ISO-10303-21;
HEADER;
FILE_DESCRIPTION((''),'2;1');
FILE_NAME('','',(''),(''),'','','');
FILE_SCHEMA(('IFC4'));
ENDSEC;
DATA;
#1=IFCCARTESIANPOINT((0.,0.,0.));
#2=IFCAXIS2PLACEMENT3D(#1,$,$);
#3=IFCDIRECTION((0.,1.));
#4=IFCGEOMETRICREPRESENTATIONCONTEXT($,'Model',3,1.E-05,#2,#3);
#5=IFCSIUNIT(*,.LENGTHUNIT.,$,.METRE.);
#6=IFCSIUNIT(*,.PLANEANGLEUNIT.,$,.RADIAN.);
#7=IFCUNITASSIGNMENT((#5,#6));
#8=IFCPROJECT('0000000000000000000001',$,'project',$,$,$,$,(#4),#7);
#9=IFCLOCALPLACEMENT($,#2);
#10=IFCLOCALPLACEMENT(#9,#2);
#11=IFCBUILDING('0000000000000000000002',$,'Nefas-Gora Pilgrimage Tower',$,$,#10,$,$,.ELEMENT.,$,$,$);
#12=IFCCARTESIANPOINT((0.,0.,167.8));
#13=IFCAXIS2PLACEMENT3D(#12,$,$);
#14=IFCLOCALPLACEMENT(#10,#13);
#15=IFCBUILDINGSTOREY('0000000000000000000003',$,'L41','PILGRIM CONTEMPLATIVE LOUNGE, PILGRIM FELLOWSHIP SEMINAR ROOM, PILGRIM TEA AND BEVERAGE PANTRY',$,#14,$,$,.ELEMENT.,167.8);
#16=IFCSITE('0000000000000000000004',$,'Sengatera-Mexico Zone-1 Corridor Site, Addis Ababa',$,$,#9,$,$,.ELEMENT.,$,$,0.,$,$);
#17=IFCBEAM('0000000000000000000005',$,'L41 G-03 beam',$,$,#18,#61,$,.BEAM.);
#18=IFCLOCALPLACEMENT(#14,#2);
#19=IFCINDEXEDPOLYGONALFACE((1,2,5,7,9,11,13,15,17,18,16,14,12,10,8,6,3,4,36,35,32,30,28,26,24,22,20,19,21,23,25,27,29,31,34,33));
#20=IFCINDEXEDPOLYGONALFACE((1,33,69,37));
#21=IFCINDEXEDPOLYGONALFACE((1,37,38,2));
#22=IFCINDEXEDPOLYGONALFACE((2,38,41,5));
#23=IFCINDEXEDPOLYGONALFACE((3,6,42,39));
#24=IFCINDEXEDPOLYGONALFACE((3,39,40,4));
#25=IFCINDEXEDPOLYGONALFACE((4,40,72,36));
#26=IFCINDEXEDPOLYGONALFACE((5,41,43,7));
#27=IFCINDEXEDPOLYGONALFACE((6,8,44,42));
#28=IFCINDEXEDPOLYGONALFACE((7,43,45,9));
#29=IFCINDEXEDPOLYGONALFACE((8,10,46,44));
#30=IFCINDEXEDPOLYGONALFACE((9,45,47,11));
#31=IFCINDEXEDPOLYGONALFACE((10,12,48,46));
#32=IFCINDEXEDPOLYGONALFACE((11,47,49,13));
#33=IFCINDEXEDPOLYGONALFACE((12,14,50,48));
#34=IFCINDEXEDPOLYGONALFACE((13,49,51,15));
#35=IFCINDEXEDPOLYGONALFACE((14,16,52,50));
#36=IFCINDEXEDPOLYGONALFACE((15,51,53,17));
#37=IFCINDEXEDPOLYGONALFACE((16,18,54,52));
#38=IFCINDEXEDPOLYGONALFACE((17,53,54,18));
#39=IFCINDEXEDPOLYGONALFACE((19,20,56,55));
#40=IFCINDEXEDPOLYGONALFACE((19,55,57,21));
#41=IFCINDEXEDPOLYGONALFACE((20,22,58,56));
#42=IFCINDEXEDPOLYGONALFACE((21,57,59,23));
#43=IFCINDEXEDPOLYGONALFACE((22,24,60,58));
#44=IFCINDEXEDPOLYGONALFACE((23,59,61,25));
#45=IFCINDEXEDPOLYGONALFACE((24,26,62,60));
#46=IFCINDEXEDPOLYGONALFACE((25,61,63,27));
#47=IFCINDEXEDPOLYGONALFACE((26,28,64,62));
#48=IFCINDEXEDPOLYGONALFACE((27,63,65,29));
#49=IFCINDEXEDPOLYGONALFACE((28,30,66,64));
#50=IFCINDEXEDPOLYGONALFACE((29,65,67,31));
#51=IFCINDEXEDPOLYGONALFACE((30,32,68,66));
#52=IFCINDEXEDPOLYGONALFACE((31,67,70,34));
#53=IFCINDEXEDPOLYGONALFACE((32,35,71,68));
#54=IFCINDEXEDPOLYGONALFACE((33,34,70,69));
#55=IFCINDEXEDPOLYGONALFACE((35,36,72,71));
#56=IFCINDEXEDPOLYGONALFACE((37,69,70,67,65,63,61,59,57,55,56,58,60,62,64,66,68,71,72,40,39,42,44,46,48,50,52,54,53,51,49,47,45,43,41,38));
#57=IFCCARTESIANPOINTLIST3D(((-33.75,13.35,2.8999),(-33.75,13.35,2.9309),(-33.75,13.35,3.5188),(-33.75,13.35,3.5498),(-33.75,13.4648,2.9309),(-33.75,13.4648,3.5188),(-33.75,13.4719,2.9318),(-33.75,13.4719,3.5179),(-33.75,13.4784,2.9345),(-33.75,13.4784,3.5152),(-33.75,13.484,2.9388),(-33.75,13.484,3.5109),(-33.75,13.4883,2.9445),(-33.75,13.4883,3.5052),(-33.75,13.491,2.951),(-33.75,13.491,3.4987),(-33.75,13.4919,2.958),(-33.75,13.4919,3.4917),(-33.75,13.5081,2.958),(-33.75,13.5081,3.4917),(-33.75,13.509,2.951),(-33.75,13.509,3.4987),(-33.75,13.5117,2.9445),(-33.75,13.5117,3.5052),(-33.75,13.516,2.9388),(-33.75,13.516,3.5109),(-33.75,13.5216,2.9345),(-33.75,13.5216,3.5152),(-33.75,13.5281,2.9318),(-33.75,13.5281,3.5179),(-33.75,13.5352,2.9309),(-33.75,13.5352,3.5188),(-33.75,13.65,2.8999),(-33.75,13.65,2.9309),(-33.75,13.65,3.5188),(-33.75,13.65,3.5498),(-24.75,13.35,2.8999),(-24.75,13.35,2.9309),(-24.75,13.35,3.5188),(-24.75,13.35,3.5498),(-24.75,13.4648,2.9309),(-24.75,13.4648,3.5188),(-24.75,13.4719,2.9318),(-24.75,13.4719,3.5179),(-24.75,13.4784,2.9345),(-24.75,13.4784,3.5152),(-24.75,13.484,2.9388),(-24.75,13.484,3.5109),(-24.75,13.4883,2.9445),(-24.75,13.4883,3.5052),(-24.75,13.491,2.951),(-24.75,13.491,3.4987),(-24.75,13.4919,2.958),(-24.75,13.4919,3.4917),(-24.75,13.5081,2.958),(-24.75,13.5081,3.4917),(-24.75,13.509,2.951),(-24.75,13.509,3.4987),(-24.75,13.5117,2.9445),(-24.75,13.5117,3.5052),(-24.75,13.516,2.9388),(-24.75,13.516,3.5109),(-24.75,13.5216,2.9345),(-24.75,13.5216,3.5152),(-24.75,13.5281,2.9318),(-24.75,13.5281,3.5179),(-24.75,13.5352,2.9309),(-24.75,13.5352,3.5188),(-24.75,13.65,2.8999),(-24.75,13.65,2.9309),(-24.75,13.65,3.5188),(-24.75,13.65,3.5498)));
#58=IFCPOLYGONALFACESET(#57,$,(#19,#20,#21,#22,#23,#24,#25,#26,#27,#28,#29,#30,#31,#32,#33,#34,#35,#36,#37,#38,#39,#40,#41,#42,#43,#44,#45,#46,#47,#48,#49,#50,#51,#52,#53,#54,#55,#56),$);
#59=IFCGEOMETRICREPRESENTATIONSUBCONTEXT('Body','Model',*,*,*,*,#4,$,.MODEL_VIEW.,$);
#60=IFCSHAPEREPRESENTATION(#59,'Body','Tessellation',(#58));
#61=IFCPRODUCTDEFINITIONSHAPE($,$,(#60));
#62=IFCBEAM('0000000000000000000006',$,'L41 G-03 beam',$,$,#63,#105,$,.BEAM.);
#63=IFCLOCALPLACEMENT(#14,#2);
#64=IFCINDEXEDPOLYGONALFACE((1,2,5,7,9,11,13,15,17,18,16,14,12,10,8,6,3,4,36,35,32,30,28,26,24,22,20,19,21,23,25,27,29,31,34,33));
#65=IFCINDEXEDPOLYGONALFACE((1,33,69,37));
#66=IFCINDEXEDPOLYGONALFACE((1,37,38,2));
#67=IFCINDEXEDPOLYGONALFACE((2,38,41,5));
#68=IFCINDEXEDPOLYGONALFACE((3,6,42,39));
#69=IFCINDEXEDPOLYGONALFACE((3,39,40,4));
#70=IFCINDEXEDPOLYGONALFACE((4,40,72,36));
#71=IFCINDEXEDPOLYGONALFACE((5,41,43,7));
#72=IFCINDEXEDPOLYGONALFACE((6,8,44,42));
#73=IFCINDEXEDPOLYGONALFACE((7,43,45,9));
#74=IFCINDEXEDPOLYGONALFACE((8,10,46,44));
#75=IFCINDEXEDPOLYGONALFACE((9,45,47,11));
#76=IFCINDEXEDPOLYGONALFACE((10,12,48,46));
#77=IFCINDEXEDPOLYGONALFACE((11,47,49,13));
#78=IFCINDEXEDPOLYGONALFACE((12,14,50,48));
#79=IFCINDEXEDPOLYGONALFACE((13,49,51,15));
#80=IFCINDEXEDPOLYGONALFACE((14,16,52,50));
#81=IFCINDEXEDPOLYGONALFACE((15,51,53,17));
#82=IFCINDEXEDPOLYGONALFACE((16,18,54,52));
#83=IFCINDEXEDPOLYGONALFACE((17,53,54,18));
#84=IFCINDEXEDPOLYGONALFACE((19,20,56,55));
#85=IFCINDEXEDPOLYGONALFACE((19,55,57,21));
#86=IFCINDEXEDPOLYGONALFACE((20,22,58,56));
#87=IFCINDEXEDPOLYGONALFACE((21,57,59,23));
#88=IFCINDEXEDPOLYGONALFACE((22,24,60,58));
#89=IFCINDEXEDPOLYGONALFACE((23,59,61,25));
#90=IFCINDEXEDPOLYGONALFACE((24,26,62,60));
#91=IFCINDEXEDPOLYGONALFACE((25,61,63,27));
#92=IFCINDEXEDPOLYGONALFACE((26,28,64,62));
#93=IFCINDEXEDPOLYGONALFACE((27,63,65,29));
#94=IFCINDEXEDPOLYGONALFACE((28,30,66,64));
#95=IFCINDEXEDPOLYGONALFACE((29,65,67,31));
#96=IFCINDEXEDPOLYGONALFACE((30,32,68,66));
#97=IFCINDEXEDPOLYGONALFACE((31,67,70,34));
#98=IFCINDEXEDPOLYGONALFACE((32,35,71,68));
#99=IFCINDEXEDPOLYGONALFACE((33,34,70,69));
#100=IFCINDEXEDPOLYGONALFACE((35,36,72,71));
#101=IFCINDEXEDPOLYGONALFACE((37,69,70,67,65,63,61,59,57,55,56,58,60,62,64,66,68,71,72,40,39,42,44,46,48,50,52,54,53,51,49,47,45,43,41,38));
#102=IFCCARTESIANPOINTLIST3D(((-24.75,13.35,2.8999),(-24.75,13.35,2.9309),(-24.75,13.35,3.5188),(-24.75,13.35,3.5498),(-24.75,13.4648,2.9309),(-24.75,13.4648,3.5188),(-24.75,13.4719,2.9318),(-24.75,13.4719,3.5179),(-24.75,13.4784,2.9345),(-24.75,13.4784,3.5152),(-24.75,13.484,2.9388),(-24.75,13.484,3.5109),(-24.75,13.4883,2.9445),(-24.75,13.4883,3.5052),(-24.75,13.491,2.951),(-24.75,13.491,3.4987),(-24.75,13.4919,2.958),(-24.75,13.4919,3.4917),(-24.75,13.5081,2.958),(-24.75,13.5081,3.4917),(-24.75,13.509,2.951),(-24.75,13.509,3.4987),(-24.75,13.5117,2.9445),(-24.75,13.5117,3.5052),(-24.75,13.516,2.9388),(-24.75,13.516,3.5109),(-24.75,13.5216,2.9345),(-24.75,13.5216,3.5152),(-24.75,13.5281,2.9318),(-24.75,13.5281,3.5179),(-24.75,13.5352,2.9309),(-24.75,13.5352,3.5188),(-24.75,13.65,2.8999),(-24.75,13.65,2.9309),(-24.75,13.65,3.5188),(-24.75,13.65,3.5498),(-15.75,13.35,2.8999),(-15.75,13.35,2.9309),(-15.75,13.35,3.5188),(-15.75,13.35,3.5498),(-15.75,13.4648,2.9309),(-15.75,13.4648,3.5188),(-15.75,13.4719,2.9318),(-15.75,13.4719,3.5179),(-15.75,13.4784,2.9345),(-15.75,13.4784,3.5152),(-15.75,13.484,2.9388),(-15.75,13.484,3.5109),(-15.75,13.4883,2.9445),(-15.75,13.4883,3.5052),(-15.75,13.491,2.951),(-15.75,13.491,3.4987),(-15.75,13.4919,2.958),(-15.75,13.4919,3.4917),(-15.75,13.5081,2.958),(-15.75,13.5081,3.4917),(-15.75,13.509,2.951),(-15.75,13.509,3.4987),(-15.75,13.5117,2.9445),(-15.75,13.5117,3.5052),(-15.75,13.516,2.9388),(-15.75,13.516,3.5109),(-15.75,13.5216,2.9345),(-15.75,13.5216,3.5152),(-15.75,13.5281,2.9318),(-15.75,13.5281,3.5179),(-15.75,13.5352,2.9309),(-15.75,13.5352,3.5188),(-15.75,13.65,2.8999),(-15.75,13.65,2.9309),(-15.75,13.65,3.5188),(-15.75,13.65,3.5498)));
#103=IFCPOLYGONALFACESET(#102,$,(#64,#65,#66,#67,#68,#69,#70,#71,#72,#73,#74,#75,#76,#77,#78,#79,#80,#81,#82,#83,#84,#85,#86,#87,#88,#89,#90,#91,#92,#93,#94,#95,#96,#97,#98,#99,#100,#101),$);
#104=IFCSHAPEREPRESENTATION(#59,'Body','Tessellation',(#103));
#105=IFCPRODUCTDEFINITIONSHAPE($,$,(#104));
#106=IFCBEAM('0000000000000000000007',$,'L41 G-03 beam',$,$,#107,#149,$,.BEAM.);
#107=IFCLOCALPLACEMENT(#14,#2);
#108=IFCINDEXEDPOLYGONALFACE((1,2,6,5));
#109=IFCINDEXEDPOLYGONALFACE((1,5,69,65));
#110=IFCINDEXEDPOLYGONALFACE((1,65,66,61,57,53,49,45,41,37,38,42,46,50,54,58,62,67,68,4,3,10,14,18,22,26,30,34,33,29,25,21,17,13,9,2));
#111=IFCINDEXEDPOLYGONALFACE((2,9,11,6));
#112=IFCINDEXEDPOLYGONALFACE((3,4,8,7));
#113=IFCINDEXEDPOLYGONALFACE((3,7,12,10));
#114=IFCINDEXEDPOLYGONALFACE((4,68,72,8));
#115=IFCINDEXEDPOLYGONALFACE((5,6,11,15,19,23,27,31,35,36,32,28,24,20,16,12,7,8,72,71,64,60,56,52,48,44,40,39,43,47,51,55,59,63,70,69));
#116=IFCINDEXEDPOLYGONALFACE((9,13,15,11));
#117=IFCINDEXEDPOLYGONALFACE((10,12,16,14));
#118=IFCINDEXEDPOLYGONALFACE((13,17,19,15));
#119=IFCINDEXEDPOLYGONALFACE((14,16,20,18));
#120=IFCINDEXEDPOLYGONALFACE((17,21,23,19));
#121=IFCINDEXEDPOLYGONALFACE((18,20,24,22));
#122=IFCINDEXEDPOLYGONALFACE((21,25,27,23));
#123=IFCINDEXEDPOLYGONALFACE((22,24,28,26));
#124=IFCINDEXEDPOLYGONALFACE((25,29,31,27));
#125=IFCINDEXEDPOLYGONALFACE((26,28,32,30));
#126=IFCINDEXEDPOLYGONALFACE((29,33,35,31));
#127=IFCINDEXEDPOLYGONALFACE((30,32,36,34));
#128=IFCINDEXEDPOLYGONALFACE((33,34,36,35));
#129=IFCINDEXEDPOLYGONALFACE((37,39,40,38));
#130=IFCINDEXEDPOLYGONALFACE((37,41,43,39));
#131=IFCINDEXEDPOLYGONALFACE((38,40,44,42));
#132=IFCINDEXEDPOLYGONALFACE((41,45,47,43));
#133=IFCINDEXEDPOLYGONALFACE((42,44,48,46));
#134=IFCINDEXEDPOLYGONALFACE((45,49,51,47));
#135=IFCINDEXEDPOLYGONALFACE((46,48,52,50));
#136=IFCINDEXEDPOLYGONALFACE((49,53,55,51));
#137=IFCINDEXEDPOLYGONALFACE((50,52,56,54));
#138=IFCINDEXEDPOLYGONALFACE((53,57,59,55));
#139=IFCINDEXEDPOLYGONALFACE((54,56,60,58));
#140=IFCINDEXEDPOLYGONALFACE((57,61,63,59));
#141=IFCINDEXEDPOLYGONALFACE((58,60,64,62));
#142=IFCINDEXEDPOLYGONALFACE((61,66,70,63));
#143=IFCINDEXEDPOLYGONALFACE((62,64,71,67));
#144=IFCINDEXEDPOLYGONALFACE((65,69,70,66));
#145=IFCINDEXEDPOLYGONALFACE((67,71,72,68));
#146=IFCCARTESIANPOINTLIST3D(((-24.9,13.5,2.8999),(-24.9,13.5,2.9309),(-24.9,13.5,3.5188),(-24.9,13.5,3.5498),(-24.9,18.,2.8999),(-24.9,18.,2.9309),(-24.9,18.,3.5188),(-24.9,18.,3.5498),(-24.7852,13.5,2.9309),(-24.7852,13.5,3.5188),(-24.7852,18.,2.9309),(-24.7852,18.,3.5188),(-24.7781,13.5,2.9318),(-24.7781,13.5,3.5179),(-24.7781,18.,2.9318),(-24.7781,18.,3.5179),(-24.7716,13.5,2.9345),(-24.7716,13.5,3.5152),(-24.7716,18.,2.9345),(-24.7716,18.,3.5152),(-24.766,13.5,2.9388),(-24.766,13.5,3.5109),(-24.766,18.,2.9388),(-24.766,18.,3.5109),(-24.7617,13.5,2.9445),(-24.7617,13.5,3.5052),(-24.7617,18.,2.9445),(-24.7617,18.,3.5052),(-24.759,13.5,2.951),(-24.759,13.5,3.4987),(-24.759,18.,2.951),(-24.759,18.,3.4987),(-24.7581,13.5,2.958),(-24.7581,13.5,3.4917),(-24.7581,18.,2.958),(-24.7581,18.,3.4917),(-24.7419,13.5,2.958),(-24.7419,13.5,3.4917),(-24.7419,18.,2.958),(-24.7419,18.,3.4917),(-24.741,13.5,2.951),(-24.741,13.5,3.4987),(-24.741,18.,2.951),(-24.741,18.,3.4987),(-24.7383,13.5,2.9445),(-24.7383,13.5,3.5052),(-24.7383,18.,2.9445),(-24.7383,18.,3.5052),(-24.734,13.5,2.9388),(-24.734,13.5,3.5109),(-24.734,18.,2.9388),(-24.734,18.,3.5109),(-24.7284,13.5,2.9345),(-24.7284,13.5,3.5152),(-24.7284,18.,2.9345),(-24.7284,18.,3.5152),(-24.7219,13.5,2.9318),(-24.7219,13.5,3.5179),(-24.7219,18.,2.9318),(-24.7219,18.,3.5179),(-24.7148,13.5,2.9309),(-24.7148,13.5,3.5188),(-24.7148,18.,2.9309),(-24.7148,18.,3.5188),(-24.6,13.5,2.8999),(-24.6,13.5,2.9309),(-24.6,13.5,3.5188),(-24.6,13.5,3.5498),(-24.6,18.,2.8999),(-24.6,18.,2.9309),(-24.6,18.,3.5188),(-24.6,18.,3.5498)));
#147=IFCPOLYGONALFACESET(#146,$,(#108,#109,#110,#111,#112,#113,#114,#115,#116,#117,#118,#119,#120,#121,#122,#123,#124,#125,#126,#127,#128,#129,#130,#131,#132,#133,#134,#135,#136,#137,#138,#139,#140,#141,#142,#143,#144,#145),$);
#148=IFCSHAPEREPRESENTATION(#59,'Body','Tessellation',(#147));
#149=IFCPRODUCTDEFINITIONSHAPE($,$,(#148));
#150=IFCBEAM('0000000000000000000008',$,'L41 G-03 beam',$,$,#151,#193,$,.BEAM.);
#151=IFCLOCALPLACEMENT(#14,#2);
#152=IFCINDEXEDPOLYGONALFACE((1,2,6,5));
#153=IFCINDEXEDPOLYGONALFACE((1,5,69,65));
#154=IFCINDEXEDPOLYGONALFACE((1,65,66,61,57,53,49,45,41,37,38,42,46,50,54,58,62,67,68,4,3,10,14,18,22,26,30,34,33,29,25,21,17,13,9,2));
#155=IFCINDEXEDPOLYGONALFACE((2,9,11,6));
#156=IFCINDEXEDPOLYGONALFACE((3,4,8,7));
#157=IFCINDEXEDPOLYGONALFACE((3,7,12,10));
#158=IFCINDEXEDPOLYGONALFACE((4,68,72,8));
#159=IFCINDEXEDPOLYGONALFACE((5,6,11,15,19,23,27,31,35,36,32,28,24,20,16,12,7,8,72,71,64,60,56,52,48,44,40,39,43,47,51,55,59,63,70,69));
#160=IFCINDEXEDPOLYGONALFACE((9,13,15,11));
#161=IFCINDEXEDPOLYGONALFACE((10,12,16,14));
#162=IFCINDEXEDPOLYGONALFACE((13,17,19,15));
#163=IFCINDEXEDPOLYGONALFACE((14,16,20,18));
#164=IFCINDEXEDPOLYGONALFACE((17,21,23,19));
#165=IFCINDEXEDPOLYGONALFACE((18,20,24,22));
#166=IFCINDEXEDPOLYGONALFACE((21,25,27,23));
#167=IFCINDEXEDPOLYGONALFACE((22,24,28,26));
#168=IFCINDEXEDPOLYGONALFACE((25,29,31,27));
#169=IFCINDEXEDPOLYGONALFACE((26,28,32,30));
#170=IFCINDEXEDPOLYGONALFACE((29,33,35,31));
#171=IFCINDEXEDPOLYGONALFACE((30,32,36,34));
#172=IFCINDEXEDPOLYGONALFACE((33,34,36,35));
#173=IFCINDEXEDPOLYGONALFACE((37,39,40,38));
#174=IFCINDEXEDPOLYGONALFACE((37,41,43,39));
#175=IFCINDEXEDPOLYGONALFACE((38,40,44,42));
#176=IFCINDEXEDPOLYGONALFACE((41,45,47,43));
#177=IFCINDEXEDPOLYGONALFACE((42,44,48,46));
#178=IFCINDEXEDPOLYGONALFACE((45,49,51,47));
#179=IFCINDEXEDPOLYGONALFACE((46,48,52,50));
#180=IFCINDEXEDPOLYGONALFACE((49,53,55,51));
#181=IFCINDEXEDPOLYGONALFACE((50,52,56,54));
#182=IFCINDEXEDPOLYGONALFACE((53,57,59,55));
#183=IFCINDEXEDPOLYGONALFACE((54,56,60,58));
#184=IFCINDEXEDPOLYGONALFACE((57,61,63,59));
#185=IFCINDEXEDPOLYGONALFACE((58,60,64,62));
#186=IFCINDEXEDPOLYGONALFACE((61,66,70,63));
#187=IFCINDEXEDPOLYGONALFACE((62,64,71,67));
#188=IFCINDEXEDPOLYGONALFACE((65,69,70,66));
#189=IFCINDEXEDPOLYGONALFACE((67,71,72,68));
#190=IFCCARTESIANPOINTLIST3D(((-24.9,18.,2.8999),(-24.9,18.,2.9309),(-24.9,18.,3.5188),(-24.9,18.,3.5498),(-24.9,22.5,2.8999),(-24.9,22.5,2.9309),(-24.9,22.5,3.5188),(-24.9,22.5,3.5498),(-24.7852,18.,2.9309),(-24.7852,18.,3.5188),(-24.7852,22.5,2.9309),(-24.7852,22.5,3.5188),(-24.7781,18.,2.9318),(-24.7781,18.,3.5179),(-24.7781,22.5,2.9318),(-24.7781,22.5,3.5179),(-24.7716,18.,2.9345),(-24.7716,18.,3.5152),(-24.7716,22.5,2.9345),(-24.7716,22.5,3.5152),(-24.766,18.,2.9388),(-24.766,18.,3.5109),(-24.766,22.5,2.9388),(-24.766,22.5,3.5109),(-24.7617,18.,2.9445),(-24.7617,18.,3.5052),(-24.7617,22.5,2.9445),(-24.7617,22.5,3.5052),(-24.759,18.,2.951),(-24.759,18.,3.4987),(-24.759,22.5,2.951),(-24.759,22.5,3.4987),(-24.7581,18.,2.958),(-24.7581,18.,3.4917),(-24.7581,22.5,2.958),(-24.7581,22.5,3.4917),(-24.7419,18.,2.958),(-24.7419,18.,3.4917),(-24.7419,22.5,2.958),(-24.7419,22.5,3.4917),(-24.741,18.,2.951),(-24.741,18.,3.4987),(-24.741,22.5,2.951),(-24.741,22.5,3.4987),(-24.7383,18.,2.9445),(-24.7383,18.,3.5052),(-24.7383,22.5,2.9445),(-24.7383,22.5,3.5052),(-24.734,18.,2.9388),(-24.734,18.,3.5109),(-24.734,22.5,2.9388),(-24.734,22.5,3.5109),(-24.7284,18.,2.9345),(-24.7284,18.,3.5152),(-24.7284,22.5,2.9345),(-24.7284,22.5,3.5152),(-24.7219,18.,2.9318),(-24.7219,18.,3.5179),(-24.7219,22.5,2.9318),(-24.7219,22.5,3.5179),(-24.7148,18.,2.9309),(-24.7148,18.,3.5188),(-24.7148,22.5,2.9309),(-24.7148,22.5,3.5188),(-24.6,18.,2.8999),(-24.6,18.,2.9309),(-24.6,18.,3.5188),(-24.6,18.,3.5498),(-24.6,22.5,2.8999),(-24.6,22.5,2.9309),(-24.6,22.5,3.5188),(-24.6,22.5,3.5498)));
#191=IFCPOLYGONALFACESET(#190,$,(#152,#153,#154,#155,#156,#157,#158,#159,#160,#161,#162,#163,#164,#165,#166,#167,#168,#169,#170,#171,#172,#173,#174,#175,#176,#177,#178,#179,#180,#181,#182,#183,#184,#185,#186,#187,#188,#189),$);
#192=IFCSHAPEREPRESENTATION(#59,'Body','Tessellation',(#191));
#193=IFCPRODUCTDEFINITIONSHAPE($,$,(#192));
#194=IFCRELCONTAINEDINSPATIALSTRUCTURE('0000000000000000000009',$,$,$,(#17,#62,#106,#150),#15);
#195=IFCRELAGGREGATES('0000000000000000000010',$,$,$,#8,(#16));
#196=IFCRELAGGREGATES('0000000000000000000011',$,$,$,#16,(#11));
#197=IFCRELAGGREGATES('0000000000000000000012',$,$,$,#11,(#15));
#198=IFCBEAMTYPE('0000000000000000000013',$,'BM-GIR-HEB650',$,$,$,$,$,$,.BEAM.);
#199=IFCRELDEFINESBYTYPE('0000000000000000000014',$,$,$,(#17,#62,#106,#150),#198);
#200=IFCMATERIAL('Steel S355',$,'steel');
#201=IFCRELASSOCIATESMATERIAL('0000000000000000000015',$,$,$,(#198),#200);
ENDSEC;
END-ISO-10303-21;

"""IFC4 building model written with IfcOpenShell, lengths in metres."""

from ifc_helpers import new_model, si_unit, direction, frame, origin, origin_2d, place, context, subcontext, project, spatial, i_section, extrude, source, transform, mapped, material, material_profile, profile_set, type_object, element, save


model = new_model("IFC4")

# Units and contexts
model_context = context("Model", 3, precision=1e-05, world=origin(), true_north=direction((0.0, 1.0)))
body_context = subcontext(model_context, "Body", "Model", "MODEL_VIEW")
ifc_project = project(units=[si_unit("LENGTHUNIT", "METRE"), si_unit("PLANEANGLEUNIT", "RADIAN")], contexts=[model_context])

# Site, building, storey
site_placement = place(None, origin())
site = spatial("IfcSite", under=ifc_project, at=site_placement, Name="Sengatera-Mexico Zone-1 Corridor Site, Addis Ababa", CompositionType="ELEMENT", RefElevation=0.0)
building_placement = place(site_placement, origin())
building = spatial("IfcBuilding", under=site, at=building_placement, Name="Nefas-Gora Pilgrimage Tower", CompositionType="ELEMENT")
storey_placement = place(building_placement, frame((0.0, 0.0, 167.8)))
storey = spatial("IfcBuildingStorey", under=building, at=storey_placement, Name="L41", Description="PILGRIM CONTEMPLATIVE LOUNGE, PILGRIM FELLOWSHIP SEMINAR ROOM, PILGRIM TEA AND BEVERAGE PANTRY", CompositionType="ELEMENT", Elevation=167.8)

# Beams
ifc_material_1 = material(Name="Steel S355", Category="steel")
ifc_material_profile_1 = material_profile(ifc_material_1, i_section(OverallWidth=0.3, OverallDepth=0.6499, WebThickness=0.0161, FlangeThickness=0.031, FilletRadius=0.0271, at=origin_2d()), Name="HEB 650")
ifc_profile_set_1 = profile_set([ifc_material_profile_1], Name="Steel S355")
beam_type_1 = type_object("IfcBeamType", Name="BM-GIR-HEB650", PredefinedType="BEAM", material=ifc_profile_set_1)
shared_shape_1 = source(origin(), body_context, "Body", "SweptSolid", [
    extrude(i_section(OverallWidth=0.3, OverallDepth=0.6499, WebThickness=0.0161, FlangeThickness=0.031, FilletRadius=0.0271, at=origin_2d()), origin(), (0.0, 0.0, 1.0), 9.0),
])
for number, where, z_axis, x_axis, name in (
    (1, (-33.75, 13.5, 3.2249), (1.0, 0.0, 0.0), (0.0, 1.0, 0.0), "L41 G-03 beam"),
    (2, (-24.75, 13.5, 3.2249), (1.0, 0.0, 0.0), (0.0, 1.0, 0.0), "L41 G-03 beam"),
):
    element("IfcBeam", number, at=place(storey_placement, frame(where, z_axis=z_axis, x_axis=x_axis)), inside=storey, type_object=beam_type_1, Name=name, PredefinedType="BEAM", context=body_context, shape_type="MappedRepresentation", body=[
        mapped(shared_shape_1, transform((0.0, 0.0, 0.0), x_axis=(1.0, 0.0, 0.0), y_axis=(0.0, 1.0, 0.0), z_axis=(0.0, 0.0, 1.0), scale=1.0)),
    ])
shared_shape_2 = source(origin(), body_context, "Body", "SweptSolid", [
    extrude(i_section(OverallWidth=0.3, OverallDepth=0.6499, WebThickness=0.0161, FlangeThickness=0.031, FilletRadius=0.0271, at=origin_2d()), origin(), (0.0, 0.0, 1.0), 4.5),
])
for number, where, z_axis, x_axis, name in (
    (3, (-24.75, 13.5, 3.2249), (0.0, 1.0, 0.0), (-1.0, 0.0, 0.0), "L41 G-03 beam"),
    (4, (-24.75, 18.0, 3.2249), (0.0, 1.0, 0.0), (-1.0, 0.0, 0.0), "L41 G-03 beam"),
):
    element("IfcBeam", number, at=place(storey_placement, frame(where, z_axis=z_axis, x_axis=x_axis)), inside=storey, type_object=beam_type_1, Name=name, PredefinedType="BEAM", context=body_context, shape_type="MappedRepresentation", body=[
        mapped(shared_shape_2, transform((0.0, 0.0, 0.0), x_axis=(1.0, 0.0, 0.0), y_axis=(0.0, 1.0, 0.0), z_axis=(0.0, 0.0, 1.0), scale=1.0)),
    ])

save(model, "model.ifc")
